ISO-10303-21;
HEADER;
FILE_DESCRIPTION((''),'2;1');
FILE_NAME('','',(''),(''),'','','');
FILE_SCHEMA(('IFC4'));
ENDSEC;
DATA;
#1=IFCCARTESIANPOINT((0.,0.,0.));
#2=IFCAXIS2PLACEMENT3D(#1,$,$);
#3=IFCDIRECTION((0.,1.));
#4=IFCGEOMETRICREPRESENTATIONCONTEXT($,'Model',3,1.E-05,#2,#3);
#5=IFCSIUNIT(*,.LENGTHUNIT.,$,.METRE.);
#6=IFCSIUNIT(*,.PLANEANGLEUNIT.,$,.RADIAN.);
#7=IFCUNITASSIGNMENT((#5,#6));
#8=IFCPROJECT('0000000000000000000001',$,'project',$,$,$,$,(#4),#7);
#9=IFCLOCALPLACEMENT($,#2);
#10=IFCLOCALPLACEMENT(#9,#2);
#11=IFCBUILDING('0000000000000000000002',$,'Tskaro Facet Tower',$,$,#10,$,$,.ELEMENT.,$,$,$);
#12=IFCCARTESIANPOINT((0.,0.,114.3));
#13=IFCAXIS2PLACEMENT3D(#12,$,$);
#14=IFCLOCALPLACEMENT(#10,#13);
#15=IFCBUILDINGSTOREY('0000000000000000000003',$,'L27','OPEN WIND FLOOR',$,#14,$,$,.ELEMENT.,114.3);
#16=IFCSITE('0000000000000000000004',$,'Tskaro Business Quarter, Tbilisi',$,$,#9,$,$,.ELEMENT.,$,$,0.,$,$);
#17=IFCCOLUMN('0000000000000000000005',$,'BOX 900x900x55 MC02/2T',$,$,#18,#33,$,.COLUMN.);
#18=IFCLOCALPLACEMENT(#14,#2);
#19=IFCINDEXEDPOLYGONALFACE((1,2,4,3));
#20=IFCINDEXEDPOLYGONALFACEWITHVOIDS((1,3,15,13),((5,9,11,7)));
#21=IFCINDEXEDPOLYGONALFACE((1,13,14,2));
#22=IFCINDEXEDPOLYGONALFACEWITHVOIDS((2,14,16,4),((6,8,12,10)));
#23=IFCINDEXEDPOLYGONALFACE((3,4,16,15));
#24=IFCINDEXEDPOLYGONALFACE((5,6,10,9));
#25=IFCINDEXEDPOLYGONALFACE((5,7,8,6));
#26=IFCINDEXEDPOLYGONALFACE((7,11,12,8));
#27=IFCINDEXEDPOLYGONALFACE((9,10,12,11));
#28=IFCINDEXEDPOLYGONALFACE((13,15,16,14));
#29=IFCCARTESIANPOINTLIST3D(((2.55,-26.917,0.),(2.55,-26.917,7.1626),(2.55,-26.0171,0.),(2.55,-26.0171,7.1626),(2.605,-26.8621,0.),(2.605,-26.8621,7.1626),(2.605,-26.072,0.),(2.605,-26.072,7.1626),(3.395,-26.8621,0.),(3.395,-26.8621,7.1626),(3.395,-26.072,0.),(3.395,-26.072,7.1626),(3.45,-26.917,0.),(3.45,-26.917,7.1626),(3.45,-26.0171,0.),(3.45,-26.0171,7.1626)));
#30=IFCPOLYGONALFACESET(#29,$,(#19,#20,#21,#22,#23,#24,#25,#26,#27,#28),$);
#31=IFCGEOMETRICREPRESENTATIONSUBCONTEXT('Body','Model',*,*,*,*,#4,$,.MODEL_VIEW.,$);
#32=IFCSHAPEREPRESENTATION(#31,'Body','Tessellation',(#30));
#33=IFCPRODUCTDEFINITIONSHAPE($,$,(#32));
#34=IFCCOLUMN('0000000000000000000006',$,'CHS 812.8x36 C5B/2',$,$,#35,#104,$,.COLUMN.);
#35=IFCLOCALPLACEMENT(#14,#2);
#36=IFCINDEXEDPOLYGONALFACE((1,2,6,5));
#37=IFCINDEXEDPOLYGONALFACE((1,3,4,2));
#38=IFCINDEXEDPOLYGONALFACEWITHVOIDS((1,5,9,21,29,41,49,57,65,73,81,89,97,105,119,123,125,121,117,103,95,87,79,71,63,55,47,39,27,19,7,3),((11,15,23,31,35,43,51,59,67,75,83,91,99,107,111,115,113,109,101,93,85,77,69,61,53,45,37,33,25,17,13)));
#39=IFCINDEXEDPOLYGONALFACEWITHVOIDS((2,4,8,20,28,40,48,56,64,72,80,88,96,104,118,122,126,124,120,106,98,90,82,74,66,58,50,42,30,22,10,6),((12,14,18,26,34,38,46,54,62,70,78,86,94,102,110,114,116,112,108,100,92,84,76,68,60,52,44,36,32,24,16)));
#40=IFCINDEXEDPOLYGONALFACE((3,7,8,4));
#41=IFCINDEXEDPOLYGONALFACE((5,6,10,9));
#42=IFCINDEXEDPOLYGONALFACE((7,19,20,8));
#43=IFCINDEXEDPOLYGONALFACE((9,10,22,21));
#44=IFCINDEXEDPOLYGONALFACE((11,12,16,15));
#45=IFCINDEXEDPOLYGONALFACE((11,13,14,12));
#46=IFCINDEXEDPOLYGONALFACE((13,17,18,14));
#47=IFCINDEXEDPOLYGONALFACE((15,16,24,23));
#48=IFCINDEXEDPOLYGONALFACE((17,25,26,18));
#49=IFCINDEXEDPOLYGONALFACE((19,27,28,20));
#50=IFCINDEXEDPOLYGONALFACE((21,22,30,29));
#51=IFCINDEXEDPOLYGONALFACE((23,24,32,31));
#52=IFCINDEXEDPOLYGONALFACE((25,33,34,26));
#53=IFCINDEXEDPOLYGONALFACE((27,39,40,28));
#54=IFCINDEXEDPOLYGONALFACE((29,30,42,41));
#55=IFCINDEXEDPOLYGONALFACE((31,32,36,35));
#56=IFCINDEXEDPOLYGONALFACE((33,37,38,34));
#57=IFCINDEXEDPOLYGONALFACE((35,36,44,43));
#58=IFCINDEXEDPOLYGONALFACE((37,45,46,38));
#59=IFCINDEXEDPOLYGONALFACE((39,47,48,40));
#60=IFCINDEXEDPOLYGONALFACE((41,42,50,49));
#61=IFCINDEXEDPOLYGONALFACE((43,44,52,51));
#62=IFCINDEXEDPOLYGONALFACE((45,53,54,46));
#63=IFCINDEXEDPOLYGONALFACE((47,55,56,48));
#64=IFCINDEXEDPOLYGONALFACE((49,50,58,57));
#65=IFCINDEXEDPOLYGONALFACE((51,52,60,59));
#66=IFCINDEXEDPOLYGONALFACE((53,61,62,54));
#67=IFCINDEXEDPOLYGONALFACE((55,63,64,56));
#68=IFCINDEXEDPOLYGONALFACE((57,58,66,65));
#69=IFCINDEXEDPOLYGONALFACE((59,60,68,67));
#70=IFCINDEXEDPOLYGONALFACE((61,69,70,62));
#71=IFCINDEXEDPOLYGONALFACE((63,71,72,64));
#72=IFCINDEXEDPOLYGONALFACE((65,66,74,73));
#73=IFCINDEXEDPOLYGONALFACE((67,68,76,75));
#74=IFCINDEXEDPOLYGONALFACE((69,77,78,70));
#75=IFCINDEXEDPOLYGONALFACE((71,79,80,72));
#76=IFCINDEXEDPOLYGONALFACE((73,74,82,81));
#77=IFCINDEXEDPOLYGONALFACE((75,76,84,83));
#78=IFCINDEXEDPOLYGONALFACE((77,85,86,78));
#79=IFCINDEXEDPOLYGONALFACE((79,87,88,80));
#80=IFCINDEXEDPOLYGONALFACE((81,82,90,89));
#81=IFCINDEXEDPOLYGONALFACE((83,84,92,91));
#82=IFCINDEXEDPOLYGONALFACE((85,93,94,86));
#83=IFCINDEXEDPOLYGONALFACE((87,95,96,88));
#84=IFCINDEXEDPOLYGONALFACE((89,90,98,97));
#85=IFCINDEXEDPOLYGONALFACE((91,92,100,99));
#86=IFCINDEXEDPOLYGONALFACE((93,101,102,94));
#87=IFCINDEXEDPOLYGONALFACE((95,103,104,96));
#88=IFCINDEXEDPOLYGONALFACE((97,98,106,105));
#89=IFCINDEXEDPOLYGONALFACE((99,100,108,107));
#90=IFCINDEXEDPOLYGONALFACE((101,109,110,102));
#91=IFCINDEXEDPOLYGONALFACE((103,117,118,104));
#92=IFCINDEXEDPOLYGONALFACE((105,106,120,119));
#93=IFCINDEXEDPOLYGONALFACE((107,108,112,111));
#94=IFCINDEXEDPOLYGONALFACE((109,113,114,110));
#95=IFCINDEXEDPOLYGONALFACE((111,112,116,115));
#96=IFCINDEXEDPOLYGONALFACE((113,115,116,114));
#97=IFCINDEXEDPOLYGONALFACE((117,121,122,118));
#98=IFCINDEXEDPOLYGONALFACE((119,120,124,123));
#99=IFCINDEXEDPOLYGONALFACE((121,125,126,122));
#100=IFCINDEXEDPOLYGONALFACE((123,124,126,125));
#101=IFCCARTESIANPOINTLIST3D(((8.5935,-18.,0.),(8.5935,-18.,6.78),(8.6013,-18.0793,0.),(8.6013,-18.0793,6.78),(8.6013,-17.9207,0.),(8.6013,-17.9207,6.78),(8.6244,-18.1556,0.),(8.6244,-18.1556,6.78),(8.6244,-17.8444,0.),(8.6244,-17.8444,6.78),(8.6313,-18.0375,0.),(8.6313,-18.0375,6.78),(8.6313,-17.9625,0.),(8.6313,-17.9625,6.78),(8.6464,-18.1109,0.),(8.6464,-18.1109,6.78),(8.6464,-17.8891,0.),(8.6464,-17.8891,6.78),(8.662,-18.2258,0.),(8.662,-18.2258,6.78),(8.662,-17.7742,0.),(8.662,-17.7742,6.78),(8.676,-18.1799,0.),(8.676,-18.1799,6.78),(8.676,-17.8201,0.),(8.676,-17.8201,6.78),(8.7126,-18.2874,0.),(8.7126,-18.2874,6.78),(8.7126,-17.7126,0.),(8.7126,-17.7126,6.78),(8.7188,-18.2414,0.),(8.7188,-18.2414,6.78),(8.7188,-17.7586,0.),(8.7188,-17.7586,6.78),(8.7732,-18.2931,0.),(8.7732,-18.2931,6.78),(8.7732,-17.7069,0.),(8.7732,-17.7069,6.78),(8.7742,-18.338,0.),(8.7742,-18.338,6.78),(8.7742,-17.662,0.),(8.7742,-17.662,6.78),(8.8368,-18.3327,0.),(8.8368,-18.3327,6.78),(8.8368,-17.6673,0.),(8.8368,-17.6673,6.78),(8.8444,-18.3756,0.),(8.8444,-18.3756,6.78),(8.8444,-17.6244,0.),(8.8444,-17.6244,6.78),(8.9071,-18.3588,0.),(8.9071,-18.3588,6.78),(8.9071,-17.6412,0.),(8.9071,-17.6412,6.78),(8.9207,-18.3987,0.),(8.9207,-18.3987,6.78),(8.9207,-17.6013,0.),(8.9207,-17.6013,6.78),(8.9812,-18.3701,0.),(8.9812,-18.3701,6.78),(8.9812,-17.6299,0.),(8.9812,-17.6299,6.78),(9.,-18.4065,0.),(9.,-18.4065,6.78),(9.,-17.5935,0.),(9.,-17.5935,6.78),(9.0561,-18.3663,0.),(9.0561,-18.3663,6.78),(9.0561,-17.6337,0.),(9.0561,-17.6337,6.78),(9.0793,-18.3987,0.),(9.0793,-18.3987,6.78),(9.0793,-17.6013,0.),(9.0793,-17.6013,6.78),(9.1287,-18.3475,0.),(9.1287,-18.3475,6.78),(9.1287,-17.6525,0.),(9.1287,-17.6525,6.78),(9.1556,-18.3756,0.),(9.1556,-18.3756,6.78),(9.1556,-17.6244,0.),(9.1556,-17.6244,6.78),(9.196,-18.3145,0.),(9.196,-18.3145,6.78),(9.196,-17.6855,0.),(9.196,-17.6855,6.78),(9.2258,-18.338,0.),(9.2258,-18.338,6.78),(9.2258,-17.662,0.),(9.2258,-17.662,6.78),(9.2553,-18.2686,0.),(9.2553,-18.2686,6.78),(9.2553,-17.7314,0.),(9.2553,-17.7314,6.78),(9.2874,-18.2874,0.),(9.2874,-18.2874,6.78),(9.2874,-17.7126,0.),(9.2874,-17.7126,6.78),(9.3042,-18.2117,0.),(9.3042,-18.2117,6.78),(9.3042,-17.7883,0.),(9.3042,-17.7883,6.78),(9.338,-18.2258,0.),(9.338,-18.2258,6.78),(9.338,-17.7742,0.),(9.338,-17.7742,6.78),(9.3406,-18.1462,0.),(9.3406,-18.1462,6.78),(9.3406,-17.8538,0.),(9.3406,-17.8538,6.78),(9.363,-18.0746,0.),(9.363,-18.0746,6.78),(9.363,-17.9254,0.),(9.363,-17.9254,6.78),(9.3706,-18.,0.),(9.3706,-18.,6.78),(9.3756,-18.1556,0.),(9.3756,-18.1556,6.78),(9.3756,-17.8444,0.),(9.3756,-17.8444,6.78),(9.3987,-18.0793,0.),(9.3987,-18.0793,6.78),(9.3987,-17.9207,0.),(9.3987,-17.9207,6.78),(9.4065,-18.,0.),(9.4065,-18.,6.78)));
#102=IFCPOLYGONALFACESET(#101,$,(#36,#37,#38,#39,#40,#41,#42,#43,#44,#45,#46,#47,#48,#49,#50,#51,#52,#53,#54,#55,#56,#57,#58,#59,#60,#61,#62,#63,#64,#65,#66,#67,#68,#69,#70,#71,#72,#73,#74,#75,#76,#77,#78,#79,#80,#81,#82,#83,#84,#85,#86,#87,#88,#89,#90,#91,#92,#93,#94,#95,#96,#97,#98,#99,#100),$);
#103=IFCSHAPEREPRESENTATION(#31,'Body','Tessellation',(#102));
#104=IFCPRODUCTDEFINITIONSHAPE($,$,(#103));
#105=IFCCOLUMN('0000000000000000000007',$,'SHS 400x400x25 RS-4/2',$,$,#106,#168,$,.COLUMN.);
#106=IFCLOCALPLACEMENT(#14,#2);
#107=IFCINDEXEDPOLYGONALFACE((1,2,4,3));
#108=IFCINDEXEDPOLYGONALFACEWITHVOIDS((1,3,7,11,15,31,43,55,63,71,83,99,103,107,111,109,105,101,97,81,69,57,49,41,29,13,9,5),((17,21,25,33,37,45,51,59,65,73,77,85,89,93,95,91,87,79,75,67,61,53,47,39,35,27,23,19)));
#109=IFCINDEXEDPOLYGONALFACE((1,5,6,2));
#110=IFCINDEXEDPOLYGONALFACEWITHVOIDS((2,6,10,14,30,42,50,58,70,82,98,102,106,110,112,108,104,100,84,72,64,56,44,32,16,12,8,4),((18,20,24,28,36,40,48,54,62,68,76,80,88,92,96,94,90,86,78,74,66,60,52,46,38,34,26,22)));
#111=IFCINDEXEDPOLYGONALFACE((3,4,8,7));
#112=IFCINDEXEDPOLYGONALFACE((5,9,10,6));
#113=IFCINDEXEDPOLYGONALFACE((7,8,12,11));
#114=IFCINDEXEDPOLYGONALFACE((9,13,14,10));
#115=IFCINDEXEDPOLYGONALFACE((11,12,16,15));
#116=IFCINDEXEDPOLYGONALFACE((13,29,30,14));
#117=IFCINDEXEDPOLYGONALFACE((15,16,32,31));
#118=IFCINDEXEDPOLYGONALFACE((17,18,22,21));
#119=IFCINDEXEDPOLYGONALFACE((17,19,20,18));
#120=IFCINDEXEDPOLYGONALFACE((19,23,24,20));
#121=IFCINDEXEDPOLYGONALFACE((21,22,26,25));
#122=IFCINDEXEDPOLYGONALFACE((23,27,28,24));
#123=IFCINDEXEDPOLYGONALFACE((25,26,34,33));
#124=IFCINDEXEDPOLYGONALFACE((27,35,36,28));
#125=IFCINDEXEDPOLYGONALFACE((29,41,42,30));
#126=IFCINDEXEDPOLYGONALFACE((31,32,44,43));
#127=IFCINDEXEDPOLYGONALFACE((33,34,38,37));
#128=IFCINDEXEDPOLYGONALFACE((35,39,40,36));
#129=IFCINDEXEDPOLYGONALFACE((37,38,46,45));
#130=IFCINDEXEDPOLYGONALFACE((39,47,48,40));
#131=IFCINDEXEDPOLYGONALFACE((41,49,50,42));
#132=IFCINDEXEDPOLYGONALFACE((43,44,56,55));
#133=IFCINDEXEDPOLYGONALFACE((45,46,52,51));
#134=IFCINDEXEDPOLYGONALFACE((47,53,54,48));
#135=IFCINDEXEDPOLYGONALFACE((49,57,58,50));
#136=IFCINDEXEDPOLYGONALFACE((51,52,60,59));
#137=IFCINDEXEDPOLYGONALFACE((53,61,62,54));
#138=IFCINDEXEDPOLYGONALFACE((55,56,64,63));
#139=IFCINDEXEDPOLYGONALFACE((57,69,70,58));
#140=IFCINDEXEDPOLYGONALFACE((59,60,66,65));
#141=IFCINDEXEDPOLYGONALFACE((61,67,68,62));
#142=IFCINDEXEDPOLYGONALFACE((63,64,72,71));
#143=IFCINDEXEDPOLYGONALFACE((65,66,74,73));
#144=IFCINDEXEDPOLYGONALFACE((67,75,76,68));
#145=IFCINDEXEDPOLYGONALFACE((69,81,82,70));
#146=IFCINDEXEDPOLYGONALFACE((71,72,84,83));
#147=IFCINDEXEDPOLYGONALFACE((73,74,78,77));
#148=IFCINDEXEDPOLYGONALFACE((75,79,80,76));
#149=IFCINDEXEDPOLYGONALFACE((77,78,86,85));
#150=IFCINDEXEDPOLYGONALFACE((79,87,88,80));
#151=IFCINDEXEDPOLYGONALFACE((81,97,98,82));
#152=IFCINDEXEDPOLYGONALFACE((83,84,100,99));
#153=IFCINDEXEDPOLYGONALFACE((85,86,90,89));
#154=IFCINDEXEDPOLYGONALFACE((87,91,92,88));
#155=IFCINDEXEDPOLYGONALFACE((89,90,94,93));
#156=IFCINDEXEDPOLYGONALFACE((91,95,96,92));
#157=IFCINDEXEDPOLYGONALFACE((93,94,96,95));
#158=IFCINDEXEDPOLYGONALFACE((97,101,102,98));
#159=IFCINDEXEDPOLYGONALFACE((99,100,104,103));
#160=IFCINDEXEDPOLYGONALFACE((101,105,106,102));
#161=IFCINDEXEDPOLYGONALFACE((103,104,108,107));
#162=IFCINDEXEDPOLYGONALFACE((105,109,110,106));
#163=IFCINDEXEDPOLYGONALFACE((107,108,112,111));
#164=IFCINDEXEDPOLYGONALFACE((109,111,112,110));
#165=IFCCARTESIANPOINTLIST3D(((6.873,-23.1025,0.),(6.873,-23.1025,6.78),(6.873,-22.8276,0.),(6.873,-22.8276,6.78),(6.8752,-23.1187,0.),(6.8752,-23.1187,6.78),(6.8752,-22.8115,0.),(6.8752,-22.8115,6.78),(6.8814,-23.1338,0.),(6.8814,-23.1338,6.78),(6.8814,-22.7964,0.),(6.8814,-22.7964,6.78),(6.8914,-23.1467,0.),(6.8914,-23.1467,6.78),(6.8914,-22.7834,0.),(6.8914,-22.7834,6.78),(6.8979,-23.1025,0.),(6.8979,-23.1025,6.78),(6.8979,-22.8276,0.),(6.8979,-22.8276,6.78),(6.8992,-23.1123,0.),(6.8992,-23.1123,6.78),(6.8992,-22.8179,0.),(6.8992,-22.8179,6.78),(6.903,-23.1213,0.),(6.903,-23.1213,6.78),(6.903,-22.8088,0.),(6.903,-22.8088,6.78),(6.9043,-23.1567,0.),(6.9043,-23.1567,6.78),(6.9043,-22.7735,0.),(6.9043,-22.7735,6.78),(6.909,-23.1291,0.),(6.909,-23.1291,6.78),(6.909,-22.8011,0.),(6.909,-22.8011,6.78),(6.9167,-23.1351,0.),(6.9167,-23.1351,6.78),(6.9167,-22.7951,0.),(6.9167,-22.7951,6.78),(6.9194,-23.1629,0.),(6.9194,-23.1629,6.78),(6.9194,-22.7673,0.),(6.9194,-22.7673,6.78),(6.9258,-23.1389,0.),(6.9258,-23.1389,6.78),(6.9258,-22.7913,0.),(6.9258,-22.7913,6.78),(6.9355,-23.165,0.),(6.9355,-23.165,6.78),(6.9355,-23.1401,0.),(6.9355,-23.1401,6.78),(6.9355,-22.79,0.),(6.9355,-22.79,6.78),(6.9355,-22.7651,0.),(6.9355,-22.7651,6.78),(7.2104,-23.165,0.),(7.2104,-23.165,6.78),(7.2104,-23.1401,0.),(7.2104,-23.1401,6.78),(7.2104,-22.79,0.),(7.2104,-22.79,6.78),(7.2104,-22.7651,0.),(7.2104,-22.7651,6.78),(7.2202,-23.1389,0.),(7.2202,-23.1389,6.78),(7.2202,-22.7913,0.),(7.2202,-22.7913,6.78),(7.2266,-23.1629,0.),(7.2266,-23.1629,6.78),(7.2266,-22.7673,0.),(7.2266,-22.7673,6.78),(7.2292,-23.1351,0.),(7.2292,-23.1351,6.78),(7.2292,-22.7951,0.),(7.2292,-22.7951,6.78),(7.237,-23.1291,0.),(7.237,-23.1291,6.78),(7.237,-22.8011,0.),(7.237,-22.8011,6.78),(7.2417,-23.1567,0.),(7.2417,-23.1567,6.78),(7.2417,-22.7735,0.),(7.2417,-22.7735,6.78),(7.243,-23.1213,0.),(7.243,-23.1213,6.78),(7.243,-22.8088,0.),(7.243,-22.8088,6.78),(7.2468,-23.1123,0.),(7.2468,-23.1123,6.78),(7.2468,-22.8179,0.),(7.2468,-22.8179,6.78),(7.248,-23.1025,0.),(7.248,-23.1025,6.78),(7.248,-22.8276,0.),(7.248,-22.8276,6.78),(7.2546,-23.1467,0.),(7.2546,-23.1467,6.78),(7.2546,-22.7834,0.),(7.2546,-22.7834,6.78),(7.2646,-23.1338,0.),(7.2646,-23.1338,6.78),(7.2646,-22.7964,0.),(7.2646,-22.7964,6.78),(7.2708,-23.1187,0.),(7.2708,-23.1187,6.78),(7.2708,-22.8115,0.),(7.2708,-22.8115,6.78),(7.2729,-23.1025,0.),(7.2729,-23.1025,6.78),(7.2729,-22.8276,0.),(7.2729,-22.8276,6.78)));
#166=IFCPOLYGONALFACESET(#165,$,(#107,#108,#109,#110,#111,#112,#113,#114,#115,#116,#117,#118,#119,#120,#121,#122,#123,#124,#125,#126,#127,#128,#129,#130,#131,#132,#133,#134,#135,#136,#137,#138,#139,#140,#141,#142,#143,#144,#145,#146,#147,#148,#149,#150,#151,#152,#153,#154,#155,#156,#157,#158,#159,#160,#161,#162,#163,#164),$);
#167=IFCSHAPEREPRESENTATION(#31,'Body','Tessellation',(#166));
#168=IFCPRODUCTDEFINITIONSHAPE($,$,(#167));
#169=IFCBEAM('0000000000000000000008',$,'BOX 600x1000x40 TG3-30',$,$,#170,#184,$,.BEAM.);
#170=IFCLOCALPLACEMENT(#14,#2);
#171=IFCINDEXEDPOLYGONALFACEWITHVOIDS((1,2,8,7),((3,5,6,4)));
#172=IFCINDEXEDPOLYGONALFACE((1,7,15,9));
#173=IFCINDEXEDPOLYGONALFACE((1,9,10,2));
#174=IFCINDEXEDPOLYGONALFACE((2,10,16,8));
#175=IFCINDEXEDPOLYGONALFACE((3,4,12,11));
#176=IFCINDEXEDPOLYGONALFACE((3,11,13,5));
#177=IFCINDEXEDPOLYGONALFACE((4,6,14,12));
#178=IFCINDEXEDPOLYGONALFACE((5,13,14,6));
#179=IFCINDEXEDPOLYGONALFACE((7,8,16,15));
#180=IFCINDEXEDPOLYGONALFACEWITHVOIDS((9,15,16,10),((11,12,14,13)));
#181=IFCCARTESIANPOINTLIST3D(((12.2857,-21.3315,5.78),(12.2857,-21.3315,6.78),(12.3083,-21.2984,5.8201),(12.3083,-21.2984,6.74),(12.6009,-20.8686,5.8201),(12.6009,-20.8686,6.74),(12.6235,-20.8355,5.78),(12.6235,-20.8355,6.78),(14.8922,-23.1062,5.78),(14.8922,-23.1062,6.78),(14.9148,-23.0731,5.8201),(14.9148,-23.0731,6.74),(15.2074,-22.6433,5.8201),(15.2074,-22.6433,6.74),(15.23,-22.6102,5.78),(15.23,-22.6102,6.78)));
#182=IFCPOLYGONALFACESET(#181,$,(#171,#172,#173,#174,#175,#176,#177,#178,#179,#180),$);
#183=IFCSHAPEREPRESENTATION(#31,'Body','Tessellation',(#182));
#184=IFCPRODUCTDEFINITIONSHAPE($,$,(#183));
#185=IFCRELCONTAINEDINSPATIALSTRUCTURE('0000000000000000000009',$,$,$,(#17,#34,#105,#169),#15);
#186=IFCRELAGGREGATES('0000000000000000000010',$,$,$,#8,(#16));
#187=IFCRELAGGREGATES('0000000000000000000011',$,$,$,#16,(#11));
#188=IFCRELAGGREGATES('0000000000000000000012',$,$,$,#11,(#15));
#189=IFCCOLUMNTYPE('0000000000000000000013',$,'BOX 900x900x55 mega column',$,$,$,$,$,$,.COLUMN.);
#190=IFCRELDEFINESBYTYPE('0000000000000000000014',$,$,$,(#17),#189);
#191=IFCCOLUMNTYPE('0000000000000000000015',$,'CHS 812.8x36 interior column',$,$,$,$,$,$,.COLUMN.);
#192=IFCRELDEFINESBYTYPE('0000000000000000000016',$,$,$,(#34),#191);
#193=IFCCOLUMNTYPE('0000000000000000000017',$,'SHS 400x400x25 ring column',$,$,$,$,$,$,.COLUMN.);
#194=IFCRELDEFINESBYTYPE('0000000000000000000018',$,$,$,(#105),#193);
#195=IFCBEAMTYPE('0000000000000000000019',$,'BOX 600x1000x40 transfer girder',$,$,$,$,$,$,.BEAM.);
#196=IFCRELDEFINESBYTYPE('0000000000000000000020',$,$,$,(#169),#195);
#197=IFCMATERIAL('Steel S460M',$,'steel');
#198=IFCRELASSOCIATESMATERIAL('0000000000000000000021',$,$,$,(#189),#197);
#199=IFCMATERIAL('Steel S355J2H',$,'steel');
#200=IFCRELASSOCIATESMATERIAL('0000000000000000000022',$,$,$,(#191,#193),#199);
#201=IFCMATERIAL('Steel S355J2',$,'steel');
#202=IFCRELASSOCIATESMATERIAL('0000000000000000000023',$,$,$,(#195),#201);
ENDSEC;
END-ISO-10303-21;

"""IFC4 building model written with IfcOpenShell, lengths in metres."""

from ifc_helpers import new_model, si_unit, direction, frame, origin, origin_2d, place, context, subcontext, project, spatial, hollow_rectangle, hollow_circle, extrude, material, material_profile, profile_set, type_object, element, save


model = new_model("IFC4")

# Units and contexts
model_context = context("Model", 3, precision=1e-05, world=origin(), true_north=direction((0.0, 1.0)))
body_context = subcontext(model_context, "Body", "Model", "MODEL_VIEW")
ifc_project = project(units=[si_unit("LENGTHUNIT", "METRE"), si_unit("PLANEANGLEUNIT", "RADIAN")], contexts=[model_context])

# Site, building, storey
site_placement = place(None, origin())
site = spatial("IfcSite", under=ifc_project, at=site_placement, Name="Tskaro Business Quarter, Tbilisi", CompositionType="ELEMENT", RefElevation=0.0)
building_placement = place(site_placement, origin())
building = spatial("IfcBuilding", under=site, at=building_placement, Name="Tskaro Facet Tower", CompositionType="ELEMENT")
storey_placement = place(building_placement, frame((0.0, 0.0, 114.3)))
storey = spatial("IfcBuildingStorey", under=building, at=storey_placement, Name="L27", Description="OPEN WIND FLOOR", CompositionType="ELEMENT", Elevation=114.3)

# Columns
ifc_material_1 = material(Name="Steel S460M", Category="steel")
ifc_material_profile_1 = material_profile(ifc_material_1, hollow_rectangle(XDim=0.8999, YDim=0.8999, WallThickness=0.0549, at=origin_2d()), Name="BOX 900x900x55")
ifc_profile_set_1 = profile_set([ifc_material_profile_1], Name="Steel S460M")
column_type_1 = type_object("IfcColumnType", Name="BOX 900x900x55 mega column", PredefinedType="COLUMN", material=ifc_profile_set_1)
column_1_placement = place(storey_placement, frame((3.0, -26.467, 0.0), z_axis=(0.0, 0.0, 1.0), x_axis=(1.0, 0.0, 0.0)))
element("IfcColumn", 1, at=column_1_placement, inside=storey, type_object=column_type_1, Name="BOX 900x900x55 MC02/2T", PredefinedType="COLUMN", context=body_context, shape_type="SweptSolid", body=[
    extrude(hollow_rectangle(XDim=0.8999, YDim=0.8999, WallThickness=0.0549, at=origin_2d()), origin(), (0.0, 0.0, 1.0), 7.1626),
])
ifc_material_2 = material(Name="Steel S355J2H", Category="steel")
ifc_material_profile_2 = material_profile(ifc_material_2, hollow_circle(Radius=0.4065, WallThickness=0.0359, at=origin_2d()), Name="CHS 812.8x36")
ifc_profile_set_2 = profile_set([ifc_material_profile_2], Name="Steel S355J2H")
column_type_2 = type_object("IfcColumnType", Name="CHS 812.8x36 interior column", PredefinedType="COLUMN", material=ifc_profile_set_2)
column_2_placement = place(storey_placement, frame((9.0, -18.0, 0.0), z_axis=(0.0, 0.0, 1.0), x_axis=(1.0, 0.0, 0.0)))
element("IfcColumn", 2, at=column_2_placement, inside=storey, type_object=column_type_2, Name="CHS 812.8x36 C5B/2", PredefinedType="COLUMN", context=body_context, shape_type="SweptSolid", body=[
    extrude(hollow_circle(Radius=0.4065, WallThickness=0.0359, at=origin_2d()), origin(), (0.0, 0.0, 1.0), 6.78),
])
ifc_material_profile_3 = material_profile(ifc_material_2, hollow_rectangle(XDim=0.3999, YDim=0.3999, WallThickness=0.0249, InnerFilletRadius=0.0376, OuterFilletRadius=0.0625, at=origin_2d()), Name="SHS 400x400x25")
ifc_profile_set_3 = profile_set([ifc_material_profile_3], Name="Steel S355J2H")
column_type_3 = type_object("IfcColumnType", Name="SHS 400x400x25 ring column", PredefinedType="COLUMN", material=ifc_profile_set_3)
column_3_placement = place(storey_placement, frame((7.073, -22.9651, 0.0), z_axis=(0.0, 0.0, 1.0), x_axis=(1.0, 0.0, 0.0)))
element("IfcColumn", 3, at=column_3_placement, inside=storey, type_object=column_type_3, Name="SHS 400x400x25 RS-4/2", PredefinedType="COLUMN", context=body_context, shape_type="SweptSolid", body=[
    extrude(hollow_rectangle(XDim=0.3999, YDim=0.3999, WallThickness=0.0249, InnerFilletRadius=0.0376, OuterFilletRadius=0.0625, at=origin_2d()), origin(), (0.0, 0.0, 1.0), 6.78),
])

# Beam
ifc_material_3 = material(Name="Steel S355J2", Category="steel")
ifc_material_profile_4 = material_profile(ifc_material_3, hollow_rectangle(XDim=0.6001, YDim=1.0, WallThickness=0.04, at=origin_2d()), Name="BOX 600x1000x40")
ifc_profile_set_4 = profile_set([ifc_material_profile_4], Name="Steel S355J2")
beam_type_1 = type_object("IfcBeamType", Name="BOX 600x1000x40 transfer girder", PredefinedType="BEAM", material=ifc_profile_set_4)
beam_1_placement = place(storey_placement, frame((12.4546, -21.0835, 6.28), z_axis=(0.826591, -0.562803, 0.0), x_axis=(0.562803, 0.826591, 0.0)))
element("IfcBeam", 4, at=beam_1_placement, inside=storey, type_object=beam_type_1, Name="BOX 600x1000x40 TG3-30", PredefinedType="BEAM", context=body_context, shape_type="SweptSolid", body=[
    extrude(hollow_rectangle(XDim=0.6001, YDim=1.0, WallThickness=0.04, at=origin_2d()), origin(), (0.0, 0.0, 1.0), 3.1533),
])

save(model, "model.ifc")
